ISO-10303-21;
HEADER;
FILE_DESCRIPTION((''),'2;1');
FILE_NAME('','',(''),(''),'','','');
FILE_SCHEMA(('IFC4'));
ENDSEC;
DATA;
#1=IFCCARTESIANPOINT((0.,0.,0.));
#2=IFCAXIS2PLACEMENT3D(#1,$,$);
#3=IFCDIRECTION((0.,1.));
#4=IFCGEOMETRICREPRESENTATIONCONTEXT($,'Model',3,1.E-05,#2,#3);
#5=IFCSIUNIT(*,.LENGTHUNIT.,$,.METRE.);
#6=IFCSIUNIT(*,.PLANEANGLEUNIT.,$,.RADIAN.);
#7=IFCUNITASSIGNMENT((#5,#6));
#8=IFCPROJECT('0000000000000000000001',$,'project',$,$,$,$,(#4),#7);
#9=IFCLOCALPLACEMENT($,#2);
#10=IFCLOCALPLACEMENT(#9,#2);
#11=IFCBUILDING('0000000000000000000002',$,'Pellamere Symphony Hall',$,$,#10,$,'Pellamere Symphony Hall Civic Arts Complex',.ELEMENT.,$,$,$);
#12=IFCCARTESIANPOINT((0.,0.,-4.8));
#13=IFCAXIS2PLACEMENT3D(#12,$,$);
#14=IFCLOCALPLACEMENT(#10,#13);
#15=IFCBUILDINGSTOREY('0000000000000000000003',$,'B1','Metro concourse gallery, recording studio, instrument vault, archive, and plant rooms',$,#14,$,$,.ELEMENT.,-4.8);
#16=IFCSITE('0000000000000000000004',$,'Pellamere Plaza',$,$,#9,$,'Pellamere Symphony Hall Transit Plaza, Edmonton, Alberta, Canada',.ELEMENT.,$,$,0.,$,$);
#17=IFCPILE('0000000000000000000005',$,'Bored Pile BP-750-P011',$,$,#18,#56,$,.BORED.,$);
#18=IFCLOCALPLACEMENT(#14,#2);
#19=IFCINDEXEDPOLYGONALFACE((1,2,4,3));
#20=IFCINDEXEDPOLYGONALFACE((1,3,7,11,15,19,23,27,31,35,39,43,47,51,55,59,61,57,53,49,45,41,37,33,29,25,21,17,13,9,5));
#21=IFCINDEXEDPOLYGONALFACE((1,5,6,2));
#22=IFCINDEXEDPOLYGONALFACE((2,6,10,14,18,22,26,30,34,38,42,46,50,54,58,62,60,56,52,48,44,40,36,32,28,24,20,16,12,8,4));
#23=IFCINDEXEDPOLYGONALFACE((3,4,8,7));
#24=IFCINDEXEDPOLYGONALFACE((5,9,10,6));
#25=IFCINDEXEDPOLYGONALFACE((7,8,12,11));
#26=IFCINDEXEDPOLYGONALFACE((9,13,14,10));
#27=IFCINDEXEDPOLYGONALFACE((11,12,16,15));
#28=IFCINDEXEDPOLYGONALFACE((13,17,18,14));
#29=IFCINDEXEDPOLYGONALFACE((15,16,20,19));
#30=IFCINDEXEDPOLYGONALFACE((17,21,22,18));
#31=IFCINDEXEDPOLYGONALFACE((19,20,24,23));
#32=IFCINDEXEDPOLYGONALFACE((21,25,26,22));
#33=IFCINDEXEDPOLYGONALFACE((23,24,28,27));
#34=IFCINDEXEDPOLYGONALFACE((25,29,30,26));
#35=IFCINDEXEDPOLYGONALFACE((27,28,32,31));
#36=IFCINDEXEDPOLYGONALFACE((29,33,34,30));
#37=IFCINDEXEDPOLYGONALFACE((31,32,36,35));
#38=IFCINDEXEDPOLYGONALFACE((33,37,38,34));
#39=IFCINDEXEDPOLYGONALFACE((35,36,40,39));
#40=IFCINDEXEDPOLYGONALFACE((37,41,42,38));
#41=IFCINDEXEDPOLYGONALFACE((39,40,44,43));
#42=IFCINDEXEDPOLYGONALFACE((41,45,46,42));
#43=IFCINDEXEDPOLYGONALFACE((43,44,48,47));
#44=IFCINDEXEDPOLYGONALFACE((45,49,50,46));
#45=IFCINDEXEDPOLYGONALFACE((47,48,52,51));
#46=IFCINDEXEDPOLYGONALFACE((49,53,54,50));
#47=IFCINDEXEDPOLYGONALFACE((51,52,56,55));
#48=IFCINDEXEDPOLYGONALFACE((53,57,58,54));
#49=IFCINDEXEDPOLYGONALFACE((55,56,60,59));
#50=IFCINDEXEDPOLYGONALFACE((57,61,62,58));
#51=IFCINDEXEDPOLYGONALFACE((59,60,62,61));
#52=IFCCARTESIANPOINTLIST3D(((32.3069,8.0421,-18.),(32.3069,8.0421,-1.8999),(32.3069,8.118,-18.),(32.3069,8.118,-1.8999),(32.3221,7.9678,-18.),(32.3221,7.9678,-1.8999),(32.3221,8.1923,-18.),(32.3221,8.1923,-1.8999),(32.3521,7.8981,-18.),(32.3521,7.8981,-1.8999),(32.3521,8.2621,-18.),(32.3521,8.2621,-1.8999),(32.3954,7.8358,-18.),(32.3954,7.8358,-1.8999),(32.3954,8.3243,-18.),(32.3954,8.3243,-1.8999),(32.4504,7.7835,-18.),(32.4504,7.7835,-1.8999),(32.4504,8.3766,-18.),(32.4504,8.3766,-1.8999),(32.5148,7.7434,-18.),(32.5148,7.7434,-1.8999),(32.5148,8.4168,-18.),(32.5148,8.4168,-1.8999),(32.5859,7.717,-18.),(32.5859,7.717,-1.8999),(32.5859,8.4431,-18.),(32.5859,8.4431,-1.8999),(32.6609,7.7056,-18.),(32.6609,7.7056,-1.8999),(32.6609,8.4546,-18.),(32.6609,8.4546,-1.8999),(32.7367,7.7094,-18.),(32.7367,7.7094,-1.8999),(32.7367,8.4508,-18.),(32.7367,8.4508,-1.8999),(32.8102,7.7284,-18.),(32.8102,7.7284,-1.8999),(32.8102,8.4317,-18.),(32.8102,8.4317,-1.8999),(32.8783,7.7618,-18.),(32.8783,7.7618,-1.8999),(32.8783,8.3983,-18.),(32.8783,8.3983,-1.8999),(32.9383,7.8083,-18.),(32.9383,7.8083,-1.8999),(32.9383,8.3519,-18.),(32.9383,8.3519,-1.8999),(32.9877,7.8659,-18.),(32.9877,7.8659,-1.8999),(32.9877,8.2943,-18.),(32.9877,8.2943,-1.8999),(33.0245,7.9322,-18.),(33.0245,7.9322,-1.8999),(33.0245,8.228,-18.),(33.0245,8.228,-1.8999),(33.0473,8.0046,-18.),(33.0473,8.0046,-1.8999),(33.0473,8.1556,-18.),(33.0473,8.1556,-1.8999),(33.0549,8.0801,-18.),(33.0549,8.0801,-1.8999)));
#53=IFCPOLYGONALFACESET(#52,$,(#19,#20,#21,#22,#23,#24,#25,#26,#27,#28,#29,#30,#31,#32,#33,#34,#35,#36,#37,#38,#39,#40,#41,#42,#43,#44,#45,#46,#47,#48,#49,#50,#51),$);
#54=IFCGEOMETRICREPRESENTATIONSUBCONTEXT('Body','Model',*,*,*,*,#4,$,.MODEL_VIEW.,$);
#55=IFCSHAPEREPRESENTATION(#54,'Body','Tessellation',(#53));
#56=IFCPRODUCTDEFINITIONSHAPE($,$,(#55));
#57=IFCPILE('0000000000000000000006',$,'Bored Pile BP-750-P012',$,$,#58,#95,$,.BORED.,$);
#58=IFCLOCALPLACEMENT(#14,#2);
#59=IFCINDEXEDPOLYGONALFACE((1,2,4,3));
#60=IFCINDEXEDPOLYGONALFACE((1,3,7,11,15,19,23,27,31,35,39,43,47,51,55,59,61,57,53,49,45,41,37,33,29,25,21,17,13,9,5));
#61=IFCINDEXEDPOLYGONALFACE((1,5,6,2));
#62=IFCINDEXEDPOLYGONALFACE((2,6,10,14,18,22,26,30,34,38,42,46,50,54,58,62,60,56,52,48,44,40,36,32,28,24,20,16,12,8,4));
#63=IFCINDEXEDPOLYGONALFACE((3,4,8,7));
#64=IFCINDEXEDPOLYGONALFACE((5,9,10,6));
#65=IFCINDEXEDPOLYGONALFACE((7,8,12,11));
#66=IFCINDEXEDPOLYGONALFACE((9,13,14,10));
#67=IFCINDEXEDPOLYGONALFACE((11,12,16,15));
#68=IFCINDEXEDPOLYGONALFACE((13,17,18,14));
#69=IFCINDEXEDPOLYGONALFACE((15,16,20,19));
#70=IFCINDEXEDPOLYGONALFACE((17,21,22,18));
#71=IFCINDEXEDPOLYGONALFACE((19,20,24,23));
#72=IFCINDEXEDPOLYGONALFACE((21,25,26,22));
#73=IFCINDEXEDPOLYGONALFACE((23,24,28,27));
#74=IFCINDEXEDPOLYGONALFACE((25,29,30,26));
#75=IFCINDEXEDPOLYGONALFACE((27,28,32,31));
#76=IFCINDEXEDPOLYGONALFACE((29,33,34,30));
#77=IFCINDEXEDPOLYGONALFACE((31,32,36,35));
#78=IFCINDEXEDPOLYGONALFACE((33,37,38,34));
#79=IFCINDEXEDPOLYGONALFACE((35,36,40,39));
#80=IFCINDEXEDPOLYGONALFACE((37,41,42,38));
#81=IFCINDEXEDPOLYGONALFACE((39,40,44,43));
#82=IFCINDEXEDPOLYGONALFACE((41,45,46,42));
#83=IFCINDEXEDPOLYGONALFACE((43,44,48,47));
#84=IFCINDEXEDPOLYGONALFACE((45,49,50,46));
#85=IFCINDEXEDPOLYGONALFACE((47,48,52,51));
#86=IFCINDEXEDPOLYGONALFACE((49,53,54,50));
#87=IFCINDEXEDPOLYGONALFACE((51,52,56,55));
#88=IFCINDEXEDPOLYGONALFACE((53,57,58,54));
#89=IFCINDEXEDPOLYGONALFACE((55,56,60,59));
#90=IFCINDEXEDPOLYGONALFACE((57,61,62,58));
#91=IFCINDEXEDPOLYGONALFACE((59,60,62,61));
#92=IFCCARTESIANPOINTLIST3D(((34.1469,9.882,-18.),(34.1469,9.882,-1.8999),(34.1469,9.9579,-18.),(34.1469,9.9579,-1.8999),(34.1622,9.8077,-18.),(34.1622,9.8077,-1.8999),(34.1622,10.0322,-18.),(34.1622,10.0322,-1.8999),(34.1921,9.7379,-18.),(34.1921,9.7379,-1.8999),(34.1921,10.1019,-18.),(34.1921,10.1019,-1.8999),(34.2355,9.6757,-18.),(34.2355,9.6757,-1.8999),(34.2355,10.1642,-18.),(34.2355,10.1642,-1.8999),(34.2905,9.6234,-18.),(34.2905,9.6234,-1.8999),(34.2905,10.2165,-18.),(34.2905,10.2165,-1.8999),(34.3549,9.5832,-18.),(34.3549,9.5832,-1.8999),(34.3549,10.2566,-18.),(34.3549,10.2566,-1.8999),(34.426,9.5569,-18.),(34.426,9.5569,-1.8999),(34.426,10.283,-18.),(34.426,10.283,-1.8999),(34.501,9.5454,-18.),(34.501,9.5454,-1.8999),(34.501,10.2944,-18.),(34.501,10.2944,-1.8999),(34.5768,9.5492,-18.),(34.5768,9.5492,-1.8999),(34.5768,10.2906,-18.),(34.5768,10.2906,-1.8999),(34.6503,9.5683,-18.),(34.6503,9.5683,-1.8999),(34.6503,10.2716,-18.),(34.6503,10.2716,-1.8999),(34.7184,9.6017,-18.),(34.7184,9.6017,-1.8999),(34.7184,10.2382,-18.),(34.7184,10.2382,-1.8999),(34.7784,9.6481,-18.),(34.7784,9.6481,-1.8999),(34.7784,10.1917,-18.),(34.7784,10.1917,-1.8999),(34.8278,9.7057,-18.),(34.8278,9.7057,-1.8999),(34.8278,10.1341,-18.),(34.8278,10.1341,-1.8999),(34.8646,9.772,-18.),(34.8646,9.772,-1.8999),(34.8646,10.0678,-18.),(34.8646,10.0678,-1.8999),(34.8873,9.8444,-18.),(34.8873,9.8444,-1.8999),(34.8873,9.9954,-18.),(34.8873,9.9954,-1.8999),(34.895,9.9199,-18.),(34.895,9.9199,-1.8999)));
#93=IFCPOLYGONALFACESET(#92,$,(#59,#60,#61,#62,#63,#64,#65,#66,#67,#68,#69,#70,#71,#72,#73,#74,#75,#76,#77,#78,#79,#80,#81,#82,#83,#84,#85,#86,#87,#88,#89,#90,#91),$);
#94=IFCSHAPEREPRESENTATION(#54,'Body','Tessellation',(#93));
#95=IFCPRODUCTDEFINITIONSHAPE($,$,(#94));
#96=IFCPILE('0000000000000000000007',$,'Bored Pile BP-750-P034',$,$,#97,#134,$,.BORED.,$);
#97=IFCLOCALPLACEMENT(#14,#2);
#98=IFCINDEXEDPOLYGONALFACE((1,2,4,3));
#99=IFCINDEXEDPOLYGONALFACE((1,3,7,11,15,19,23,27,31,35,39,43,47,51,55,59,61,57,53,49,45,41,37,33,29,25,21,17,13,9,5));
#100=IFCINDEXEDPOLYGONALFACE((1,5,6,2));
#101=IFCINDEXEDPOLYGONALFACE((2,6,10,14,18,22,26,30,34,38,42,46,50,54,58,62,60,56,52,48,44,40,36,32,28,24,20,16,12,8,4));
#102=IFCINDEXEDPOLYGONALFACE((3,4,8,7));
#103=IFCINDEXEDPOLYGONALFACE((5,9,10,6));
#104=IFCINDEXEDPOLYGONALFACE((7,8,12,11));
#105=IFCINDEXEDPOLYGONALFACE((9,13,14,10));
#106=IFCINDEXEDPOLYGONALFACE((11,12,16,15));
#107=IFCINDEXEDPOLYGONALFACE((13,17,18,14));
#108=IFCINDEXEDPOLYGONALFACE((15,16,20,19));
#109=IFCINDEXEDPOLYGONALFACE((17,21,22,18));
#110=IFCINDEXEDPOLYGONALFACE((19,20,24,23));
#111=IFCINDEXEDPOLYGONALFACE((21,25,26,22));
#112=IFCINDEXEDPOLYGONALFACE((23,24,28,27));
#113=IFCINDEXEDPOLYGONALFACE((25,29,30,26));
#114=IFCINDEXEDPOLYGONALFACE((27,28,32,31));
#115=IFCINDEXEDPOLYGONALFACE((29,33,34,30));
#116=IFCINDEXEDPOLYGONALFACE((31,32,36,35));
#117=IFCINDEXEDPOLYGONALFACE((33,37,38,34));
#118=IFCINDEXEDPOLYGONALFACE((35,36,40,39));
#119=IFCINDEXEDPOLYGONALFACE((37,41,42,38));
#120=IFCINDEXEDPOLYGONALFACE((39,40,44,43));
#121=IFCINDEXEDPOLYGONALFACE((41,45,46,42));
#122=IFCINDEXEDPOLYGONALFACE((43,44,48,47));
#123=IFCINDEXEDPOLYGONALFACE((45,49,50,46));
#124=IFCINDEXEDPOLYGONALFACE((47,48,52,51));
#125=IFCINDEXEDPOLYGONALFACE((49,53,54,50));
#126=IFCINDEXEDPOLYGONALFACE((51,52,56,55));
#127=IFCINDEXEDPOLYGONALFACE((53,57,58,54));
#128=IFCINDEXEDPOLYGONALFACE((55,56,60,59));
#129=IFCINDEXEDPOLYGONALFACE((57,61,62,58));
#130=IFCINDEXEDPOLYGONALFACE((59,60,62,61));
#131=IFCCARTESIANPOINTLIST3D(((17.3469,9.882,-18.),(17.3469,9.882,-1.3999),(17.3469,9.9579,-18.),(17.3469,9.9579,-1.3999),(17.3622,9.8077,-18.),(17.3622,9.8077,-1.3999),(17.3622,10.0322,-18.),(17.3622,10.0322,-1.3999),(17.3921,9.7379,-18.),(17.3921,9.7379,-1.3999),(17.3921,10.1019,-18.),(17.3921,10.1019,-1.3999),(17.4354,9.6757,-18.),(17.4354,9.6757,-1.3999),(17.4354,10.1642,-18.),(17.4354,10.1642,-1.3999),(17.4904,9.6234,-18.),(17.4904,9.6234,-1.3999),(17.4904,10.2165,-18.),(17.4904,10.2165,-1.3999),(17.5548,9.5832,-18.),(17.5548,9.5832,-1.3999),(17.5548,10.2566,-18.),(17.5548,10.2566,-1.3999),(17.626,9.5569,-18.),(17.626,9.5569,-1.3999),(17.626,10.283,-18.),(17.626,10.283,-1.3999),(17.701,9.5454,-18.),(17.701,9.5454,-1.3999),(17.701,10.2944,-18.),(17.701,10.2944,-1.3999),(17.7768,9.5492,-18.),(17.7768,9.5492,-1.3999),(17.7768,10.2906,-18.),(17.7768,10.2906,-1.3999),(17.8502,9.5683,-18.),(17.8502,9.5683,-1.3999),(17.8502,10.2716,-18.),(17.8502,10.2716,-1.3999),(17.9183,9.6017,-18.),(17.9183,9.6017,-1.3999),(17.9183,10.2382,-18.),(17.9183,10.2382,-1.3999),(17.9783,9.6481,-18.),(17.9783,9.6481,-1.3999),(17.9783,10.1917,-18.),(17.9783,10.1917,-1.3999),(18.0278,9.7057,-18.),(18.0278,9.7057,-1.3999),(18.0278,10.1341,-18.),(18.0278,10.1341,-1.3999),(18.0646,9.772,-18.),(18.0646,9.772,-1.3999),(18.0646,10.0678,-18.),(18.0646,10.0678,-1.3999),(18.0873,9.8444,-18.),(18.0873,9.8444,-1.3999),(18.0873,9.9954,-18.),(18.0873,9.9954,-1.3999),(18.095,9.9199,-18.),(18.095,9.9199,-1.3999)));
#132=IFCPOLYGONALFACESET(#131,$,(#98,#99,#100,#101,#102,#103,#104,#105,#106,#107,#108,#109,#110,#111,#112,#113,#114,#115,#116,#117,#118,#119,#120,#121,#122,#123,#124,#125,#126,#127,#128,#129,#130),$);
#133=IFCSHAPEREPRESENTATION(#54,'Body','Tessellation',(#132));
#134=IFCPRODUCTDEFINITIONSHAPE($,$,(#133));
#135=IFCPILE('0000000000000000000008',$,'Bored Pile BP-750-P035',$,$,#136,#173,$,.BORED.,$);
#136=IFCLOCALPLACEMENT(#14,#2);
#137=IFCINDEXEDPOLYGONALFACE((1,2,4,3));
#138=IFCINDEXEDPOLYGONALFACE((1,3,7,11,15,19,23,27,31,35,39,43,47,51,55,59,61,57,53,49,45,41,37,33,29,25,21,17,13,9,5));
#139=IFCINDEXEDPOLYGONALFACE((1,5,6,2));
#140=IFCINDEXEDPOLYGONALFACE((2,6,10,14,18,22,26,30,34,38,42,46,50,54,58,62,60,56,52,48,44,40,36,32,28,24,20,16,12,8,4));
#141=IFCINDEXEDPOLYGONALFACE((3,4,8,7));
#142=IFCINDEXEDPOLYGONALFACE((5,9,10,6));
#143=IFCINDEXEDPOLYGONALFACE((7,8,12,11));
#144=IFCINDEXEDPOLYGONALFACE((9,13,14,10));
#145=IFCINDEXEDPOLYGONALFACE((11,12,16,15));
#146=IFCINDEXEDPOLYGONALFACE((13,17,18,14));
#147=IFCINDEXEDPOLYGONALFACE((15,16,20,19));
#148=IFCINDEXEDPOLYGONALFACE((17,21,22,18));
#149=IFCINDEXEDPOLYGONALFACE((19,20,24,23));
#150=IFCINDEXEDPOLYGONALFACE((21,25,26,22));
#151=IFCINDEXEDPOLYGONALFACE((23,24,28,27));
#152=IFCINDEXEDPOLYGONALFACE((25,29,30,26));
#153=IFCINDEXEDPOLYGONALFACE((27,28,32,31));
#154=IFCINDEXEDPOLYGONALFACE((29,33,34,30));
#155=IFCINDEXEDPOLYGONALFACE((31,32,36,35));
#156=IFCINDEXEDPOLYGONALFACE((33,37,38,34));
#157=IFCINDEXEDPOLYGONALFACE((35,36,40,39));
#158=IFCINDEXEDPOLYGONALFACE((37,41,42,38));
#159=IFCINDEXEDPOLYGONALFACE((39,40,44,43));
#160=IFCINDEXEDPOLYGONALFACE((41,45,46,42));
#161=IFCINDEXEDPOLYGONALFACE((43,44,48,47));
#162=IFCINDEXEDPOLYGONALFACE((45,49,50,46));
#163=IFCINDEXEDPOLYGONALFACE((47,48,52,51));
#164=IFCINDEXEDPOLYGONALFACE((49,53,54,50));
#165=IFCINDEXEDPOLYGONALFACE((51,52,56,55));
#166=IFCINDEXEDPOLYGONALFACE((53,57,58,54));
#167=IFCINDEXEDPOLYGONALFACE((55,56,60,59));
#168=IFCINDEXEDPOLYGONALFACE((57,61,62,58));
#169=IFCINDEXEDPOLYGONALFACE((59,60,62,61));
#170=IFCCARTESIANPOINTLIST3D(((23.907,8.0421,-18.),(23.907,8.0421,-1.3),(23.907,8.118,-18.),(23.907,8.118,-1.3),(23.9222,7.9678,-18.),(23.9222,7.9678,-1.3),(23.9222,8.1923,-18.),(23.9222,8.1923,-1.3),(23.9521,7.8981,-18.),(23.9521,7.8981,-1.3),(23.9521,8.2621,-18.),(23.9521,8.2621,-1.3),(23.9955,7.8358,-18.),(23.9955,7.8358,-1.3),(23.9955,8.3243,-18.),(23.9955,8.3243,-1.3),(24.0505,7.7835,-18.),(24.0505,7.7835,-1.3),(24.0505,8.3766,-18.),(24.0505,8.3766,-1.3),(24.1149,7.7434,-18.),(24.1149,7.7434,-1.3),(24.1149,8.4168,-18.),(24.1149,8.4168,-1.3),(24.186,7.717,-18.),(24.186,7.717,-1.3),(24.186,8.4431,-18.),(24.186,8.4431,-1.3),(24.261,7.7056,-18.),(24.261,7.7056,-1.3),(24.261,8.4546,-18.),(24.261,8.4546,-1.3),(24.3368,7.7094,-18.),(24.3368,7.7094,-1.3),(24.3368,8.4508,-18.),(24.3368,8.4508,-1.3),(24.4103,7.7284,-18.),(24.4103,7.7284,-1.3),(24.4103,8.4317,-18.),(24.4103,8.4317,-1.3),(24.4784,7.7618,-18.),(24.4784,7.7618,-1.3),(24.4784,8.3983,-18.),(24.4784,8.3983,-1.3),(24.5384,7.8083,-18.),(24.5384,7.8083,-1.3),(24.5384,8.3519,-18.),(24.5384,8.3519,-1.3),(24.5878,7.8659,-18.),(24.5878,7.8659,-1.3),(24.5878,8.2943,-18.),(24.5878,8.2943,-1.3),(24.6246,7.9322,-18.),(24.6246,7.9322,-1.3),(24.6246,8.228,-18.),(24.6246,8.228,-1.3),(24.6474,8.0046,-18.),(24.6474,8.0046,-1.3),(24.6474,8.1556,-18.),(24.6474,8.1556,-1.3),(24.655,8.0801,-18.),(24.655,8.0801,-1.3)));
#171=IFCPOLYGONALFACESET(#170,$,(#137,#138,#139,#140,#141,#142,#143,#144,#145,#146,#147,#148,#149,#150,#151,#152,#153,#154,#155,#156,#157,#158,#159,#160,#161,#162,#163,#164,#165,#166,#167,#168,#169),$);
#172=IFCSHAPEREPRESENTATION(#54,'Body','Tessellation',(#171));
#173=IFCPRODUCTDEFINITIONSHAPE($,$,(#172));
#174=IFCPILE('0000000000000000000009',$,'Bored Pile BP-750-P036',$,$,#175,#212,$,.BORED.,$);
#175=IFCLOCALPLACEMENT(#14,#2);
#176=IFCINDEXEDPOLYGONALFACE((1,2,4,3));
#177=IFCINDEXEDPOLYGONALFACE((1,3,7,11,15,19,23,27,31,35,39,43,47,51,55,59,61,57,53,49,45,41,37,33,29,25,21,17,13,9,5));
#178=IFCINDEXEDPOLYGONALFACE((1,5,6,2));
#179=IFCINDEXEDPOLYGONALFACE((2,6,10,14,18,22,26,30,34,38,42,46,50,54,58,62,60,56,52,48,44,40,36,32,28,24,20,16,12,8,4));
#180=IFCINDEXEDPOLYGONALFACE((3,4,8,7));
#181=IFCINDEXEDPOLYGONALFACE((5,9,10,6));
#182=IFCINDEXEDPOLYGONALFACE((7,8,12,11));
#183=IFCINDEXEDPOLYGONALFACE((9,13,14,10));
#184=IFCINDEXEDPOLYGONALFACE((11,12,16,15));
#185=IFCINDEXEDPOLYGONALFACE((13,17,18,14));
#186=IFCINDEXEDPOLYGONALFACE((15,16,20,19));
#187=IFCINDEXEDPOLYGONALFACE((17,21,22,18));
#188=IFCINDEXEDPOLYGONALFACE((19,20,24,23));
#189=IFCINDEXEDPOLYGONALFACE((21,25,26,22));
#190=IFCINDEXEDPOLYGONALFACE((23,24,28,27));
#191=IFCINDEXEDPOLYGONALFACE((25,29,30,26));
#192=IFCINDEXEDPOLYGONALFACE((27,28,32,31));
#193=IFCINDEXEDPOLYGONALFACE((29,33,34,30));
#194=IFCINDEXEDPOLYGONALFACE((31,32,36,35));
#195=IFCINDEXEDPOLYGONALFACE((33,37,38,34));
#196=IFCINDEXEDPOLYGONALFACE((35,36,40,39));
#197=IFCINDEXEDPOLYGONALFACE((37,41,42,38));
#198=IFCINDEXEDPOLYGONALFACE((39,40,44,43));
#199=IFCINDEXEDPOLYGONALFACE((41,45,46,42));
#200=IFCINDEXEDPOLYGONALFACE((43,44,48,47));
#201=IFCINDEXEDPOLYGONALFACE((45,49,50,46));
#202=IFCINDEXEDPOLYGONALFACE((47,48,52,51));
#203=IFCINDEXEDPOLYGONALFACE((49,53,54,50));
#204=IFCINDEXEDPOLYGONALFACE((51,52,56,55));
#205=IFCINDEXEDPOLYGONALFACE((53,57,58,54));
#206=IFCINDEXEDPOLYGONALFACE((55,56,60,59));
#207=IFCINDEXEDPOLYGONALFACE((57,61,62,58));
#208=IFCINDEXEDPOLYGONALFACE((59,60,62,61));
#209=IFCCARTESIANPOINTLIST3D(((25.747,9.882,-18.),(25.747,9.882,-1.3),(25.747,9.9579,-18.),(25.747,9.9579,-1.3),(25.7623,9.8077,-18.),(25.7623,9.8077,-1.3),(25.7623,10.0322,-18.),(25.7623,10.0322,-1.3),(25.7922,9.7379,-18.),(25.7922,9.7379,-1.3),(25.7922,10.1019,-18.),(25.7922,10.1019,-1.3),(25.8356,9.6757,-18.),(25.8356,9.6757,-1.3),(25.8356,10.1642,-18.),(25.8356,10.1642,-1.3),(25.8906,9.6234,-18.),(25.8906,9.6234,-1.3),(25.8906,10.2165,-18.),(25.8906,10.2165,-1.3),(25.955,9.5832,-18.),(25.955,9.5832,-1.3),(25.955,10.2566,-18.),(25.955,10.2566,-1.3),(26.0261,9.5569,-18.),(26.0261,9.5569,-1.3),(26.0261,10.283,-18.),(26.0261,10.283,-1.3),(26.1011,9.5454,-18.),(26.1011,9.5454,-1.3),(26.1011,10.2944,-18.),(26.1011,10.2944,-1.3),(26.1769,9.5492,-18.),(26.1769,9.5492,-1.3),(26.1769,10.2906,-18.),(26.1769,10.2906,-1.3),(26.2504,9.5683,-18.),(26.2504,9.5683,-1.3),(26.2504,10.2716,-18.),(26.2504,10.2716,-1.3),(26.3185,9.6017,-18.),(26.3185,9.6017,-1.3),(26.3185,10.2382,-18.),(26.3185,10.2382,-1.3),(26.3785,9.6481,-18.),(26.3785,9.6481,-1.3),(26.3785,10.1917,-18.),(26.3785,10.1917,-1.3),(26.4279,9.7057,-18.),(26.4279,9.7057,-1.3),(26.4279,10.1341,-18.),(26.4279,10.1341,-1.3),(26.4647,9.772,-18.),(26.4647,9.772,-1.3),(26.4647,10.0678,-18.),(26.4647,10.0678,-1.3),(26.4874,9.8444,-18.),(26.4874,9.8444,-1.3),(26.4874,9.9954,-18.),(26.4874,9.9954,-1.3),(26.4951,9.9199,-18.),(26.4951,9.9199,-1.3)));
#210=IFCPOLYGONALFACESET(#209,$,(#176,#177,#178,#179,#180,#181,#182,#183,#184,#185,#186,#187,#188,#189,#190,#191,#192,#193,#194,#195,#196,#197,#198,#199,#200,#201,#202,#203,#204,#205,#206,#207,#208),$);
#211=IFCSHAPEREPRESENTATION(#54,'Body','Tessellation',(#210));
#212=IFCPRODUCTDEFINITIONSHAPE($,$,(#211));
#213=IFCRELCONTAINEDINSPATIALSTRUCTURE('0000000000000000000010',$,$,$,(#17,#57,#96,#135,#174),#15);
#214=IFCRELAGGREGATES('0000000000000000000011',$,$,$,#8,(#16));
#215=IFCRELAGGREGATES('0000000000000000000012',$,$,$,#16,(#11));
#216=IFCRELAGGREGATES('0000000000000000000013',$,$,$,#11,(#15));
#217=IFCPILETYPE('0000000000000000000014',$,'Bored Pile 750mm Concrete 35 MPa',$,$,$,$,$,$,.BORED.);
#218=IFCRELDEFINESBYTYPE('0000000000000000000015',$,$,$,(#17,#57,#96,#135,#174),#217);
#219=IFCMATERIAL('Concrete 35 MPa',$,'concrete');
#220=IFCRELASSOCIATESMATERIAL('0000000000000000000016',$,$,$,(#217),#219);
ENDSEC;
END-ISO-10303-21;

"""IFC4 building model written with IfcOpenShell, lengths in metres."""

from ifc_helpers import new_model, si_unit, direction, frame, origin, origin_2d, place, context, subcontext, project, spatial, circle, extrude, material, material_profile, profile_set, type_object, element, save


model = new_model("IFC4")

# Units and contexts
model_context = context("Model", 3, precision=1e-05, world=origin(), true_north=direction((0.0, 1.0)))
body_context = subcontext(model_context, "Body", "Model", "MODEL_VIEW")
ifc_project = project(units=[si_unit("LENGTHUNIT", "METRE"), si_unit("PLANEANGLEUNIT", "RADIAN")], contexts=[model_context])

# Site, building, storey
site_placement = place(None, origin())
site = spatial("IfcSite", under=ifc_project, at=site_placement, Name="Pellamere Plaza", LongName="Pellamere Symphony Hall Transit Plaza, Edmonton, Alberta, Canada", CompositionType="ELEMENT", RefElevation=0.0)
building_placement = place(site_placement, origin())
building = spatial("IfcBuilding", under=site, at=building_placement, Name="Pellamere Symphony Hall", LongName="Pellamere Symphony Hall Civic Arts Complex", CompositionType="ELEMENT")
storey_placement = place(building_placement, frame((0.0, 0.0, -4.8)))
storey = spatial("IfcBuildingStorey", under=building, at=storey_placement, Name="B1", Description="Metro concourse gallery, recording studio, instrument vault, archive, and plant rooms", CompositionType="ELEMENT", Elevation=-4.8)

# Piles
ifc_material_1 = material(Name="Concrete 35 MPa", Category="concrete")
ifc_material_profile_1 = material_profile(ifc_material_1, circle(Radius=0.375, at=origin_2d()), Name="PILE D750")
ifc_profile_set_1 = profile_set([ifc_material_profile_1], Name="Concrete 35 MPa")
pile_type = type_object("IfcPileType", Name="Bored Pile 750mm Concrete 35 MPa", PredefinedType="BORED", material=ifc_profile_set_1)
for number, where, z_axis, x_axis, name in (
    (1, (32.6799, 8.0801, -1.8999), (0.0, 0.0, -1.0), (1.0, 0.0, 0.0), "Bored Pile BP-750-P011"),
    (2, (34.52, 9.9199, -1.8999), (0.0, 0.0, -1.0), (1.0, 0.0, 0.0), "Bored Pile BP-750-P012"),
):
    element("IfcPile", number, at=place(storey_placement, frame(where, z_axis=z_axis, x_axis=x_axis)), inside=storey, type_object=pile_type, Name=name, PredefinedType="BORED", context=body_context, shape_type="SweptSolid", body=[
        extrude(circle(Radius=0.375, at=origin_2d()), origin(), (0.0, 0.0, 1.0), 16.1001),
    ])
pile_1_placement = place(storey_placement, frame((17.72, 9.9199, -1.3999), z_axis=(0.0, 0.0, -1.0), x_axis=(1.0, 0.0, 0.0)))
element("IfcPile", 3, at=pile_1_placement, inside=storey, type_object=pile_type, Name="Bored Pile BP-750-P034", PredefinedType="BORED", context=body_context, shape_type="SweptSolid", body=[
    extrude(circle(Radius=0.375, at=origin_2d()), origin(), (0.0, 0.0, 1.0), 16.6001),
])
for number, where, z_axis, x_axis, name in (
    (4, (24.28, 8.0801, -1.3), (0.0, 0.0, -1.0), (1.0, 0.0, 0.0), "Bored Pile BP-750-P035"),
    (5, (26.1201, 9.9199, -1.3), (0.0, 0.0, -1.0), (1.0, 0.0, 0.0), "Bored Pile BP-750-P036"),
):
    element("IfcPile", number, at=place(storey_placement, frame(where, z_axis=z_axis, x_axis=x_axis)), inside=storey, type_object=pile_type, Name=name, PredefinedType="BORED", context=body_context, shape_type="SweptSolid", body=[
        extrude(circle(Radius=0.375, at=origin_2d()), origin(), (0.0, 0.0, 1.0), 16.7),
    ])

save(model, "model.ifc")
